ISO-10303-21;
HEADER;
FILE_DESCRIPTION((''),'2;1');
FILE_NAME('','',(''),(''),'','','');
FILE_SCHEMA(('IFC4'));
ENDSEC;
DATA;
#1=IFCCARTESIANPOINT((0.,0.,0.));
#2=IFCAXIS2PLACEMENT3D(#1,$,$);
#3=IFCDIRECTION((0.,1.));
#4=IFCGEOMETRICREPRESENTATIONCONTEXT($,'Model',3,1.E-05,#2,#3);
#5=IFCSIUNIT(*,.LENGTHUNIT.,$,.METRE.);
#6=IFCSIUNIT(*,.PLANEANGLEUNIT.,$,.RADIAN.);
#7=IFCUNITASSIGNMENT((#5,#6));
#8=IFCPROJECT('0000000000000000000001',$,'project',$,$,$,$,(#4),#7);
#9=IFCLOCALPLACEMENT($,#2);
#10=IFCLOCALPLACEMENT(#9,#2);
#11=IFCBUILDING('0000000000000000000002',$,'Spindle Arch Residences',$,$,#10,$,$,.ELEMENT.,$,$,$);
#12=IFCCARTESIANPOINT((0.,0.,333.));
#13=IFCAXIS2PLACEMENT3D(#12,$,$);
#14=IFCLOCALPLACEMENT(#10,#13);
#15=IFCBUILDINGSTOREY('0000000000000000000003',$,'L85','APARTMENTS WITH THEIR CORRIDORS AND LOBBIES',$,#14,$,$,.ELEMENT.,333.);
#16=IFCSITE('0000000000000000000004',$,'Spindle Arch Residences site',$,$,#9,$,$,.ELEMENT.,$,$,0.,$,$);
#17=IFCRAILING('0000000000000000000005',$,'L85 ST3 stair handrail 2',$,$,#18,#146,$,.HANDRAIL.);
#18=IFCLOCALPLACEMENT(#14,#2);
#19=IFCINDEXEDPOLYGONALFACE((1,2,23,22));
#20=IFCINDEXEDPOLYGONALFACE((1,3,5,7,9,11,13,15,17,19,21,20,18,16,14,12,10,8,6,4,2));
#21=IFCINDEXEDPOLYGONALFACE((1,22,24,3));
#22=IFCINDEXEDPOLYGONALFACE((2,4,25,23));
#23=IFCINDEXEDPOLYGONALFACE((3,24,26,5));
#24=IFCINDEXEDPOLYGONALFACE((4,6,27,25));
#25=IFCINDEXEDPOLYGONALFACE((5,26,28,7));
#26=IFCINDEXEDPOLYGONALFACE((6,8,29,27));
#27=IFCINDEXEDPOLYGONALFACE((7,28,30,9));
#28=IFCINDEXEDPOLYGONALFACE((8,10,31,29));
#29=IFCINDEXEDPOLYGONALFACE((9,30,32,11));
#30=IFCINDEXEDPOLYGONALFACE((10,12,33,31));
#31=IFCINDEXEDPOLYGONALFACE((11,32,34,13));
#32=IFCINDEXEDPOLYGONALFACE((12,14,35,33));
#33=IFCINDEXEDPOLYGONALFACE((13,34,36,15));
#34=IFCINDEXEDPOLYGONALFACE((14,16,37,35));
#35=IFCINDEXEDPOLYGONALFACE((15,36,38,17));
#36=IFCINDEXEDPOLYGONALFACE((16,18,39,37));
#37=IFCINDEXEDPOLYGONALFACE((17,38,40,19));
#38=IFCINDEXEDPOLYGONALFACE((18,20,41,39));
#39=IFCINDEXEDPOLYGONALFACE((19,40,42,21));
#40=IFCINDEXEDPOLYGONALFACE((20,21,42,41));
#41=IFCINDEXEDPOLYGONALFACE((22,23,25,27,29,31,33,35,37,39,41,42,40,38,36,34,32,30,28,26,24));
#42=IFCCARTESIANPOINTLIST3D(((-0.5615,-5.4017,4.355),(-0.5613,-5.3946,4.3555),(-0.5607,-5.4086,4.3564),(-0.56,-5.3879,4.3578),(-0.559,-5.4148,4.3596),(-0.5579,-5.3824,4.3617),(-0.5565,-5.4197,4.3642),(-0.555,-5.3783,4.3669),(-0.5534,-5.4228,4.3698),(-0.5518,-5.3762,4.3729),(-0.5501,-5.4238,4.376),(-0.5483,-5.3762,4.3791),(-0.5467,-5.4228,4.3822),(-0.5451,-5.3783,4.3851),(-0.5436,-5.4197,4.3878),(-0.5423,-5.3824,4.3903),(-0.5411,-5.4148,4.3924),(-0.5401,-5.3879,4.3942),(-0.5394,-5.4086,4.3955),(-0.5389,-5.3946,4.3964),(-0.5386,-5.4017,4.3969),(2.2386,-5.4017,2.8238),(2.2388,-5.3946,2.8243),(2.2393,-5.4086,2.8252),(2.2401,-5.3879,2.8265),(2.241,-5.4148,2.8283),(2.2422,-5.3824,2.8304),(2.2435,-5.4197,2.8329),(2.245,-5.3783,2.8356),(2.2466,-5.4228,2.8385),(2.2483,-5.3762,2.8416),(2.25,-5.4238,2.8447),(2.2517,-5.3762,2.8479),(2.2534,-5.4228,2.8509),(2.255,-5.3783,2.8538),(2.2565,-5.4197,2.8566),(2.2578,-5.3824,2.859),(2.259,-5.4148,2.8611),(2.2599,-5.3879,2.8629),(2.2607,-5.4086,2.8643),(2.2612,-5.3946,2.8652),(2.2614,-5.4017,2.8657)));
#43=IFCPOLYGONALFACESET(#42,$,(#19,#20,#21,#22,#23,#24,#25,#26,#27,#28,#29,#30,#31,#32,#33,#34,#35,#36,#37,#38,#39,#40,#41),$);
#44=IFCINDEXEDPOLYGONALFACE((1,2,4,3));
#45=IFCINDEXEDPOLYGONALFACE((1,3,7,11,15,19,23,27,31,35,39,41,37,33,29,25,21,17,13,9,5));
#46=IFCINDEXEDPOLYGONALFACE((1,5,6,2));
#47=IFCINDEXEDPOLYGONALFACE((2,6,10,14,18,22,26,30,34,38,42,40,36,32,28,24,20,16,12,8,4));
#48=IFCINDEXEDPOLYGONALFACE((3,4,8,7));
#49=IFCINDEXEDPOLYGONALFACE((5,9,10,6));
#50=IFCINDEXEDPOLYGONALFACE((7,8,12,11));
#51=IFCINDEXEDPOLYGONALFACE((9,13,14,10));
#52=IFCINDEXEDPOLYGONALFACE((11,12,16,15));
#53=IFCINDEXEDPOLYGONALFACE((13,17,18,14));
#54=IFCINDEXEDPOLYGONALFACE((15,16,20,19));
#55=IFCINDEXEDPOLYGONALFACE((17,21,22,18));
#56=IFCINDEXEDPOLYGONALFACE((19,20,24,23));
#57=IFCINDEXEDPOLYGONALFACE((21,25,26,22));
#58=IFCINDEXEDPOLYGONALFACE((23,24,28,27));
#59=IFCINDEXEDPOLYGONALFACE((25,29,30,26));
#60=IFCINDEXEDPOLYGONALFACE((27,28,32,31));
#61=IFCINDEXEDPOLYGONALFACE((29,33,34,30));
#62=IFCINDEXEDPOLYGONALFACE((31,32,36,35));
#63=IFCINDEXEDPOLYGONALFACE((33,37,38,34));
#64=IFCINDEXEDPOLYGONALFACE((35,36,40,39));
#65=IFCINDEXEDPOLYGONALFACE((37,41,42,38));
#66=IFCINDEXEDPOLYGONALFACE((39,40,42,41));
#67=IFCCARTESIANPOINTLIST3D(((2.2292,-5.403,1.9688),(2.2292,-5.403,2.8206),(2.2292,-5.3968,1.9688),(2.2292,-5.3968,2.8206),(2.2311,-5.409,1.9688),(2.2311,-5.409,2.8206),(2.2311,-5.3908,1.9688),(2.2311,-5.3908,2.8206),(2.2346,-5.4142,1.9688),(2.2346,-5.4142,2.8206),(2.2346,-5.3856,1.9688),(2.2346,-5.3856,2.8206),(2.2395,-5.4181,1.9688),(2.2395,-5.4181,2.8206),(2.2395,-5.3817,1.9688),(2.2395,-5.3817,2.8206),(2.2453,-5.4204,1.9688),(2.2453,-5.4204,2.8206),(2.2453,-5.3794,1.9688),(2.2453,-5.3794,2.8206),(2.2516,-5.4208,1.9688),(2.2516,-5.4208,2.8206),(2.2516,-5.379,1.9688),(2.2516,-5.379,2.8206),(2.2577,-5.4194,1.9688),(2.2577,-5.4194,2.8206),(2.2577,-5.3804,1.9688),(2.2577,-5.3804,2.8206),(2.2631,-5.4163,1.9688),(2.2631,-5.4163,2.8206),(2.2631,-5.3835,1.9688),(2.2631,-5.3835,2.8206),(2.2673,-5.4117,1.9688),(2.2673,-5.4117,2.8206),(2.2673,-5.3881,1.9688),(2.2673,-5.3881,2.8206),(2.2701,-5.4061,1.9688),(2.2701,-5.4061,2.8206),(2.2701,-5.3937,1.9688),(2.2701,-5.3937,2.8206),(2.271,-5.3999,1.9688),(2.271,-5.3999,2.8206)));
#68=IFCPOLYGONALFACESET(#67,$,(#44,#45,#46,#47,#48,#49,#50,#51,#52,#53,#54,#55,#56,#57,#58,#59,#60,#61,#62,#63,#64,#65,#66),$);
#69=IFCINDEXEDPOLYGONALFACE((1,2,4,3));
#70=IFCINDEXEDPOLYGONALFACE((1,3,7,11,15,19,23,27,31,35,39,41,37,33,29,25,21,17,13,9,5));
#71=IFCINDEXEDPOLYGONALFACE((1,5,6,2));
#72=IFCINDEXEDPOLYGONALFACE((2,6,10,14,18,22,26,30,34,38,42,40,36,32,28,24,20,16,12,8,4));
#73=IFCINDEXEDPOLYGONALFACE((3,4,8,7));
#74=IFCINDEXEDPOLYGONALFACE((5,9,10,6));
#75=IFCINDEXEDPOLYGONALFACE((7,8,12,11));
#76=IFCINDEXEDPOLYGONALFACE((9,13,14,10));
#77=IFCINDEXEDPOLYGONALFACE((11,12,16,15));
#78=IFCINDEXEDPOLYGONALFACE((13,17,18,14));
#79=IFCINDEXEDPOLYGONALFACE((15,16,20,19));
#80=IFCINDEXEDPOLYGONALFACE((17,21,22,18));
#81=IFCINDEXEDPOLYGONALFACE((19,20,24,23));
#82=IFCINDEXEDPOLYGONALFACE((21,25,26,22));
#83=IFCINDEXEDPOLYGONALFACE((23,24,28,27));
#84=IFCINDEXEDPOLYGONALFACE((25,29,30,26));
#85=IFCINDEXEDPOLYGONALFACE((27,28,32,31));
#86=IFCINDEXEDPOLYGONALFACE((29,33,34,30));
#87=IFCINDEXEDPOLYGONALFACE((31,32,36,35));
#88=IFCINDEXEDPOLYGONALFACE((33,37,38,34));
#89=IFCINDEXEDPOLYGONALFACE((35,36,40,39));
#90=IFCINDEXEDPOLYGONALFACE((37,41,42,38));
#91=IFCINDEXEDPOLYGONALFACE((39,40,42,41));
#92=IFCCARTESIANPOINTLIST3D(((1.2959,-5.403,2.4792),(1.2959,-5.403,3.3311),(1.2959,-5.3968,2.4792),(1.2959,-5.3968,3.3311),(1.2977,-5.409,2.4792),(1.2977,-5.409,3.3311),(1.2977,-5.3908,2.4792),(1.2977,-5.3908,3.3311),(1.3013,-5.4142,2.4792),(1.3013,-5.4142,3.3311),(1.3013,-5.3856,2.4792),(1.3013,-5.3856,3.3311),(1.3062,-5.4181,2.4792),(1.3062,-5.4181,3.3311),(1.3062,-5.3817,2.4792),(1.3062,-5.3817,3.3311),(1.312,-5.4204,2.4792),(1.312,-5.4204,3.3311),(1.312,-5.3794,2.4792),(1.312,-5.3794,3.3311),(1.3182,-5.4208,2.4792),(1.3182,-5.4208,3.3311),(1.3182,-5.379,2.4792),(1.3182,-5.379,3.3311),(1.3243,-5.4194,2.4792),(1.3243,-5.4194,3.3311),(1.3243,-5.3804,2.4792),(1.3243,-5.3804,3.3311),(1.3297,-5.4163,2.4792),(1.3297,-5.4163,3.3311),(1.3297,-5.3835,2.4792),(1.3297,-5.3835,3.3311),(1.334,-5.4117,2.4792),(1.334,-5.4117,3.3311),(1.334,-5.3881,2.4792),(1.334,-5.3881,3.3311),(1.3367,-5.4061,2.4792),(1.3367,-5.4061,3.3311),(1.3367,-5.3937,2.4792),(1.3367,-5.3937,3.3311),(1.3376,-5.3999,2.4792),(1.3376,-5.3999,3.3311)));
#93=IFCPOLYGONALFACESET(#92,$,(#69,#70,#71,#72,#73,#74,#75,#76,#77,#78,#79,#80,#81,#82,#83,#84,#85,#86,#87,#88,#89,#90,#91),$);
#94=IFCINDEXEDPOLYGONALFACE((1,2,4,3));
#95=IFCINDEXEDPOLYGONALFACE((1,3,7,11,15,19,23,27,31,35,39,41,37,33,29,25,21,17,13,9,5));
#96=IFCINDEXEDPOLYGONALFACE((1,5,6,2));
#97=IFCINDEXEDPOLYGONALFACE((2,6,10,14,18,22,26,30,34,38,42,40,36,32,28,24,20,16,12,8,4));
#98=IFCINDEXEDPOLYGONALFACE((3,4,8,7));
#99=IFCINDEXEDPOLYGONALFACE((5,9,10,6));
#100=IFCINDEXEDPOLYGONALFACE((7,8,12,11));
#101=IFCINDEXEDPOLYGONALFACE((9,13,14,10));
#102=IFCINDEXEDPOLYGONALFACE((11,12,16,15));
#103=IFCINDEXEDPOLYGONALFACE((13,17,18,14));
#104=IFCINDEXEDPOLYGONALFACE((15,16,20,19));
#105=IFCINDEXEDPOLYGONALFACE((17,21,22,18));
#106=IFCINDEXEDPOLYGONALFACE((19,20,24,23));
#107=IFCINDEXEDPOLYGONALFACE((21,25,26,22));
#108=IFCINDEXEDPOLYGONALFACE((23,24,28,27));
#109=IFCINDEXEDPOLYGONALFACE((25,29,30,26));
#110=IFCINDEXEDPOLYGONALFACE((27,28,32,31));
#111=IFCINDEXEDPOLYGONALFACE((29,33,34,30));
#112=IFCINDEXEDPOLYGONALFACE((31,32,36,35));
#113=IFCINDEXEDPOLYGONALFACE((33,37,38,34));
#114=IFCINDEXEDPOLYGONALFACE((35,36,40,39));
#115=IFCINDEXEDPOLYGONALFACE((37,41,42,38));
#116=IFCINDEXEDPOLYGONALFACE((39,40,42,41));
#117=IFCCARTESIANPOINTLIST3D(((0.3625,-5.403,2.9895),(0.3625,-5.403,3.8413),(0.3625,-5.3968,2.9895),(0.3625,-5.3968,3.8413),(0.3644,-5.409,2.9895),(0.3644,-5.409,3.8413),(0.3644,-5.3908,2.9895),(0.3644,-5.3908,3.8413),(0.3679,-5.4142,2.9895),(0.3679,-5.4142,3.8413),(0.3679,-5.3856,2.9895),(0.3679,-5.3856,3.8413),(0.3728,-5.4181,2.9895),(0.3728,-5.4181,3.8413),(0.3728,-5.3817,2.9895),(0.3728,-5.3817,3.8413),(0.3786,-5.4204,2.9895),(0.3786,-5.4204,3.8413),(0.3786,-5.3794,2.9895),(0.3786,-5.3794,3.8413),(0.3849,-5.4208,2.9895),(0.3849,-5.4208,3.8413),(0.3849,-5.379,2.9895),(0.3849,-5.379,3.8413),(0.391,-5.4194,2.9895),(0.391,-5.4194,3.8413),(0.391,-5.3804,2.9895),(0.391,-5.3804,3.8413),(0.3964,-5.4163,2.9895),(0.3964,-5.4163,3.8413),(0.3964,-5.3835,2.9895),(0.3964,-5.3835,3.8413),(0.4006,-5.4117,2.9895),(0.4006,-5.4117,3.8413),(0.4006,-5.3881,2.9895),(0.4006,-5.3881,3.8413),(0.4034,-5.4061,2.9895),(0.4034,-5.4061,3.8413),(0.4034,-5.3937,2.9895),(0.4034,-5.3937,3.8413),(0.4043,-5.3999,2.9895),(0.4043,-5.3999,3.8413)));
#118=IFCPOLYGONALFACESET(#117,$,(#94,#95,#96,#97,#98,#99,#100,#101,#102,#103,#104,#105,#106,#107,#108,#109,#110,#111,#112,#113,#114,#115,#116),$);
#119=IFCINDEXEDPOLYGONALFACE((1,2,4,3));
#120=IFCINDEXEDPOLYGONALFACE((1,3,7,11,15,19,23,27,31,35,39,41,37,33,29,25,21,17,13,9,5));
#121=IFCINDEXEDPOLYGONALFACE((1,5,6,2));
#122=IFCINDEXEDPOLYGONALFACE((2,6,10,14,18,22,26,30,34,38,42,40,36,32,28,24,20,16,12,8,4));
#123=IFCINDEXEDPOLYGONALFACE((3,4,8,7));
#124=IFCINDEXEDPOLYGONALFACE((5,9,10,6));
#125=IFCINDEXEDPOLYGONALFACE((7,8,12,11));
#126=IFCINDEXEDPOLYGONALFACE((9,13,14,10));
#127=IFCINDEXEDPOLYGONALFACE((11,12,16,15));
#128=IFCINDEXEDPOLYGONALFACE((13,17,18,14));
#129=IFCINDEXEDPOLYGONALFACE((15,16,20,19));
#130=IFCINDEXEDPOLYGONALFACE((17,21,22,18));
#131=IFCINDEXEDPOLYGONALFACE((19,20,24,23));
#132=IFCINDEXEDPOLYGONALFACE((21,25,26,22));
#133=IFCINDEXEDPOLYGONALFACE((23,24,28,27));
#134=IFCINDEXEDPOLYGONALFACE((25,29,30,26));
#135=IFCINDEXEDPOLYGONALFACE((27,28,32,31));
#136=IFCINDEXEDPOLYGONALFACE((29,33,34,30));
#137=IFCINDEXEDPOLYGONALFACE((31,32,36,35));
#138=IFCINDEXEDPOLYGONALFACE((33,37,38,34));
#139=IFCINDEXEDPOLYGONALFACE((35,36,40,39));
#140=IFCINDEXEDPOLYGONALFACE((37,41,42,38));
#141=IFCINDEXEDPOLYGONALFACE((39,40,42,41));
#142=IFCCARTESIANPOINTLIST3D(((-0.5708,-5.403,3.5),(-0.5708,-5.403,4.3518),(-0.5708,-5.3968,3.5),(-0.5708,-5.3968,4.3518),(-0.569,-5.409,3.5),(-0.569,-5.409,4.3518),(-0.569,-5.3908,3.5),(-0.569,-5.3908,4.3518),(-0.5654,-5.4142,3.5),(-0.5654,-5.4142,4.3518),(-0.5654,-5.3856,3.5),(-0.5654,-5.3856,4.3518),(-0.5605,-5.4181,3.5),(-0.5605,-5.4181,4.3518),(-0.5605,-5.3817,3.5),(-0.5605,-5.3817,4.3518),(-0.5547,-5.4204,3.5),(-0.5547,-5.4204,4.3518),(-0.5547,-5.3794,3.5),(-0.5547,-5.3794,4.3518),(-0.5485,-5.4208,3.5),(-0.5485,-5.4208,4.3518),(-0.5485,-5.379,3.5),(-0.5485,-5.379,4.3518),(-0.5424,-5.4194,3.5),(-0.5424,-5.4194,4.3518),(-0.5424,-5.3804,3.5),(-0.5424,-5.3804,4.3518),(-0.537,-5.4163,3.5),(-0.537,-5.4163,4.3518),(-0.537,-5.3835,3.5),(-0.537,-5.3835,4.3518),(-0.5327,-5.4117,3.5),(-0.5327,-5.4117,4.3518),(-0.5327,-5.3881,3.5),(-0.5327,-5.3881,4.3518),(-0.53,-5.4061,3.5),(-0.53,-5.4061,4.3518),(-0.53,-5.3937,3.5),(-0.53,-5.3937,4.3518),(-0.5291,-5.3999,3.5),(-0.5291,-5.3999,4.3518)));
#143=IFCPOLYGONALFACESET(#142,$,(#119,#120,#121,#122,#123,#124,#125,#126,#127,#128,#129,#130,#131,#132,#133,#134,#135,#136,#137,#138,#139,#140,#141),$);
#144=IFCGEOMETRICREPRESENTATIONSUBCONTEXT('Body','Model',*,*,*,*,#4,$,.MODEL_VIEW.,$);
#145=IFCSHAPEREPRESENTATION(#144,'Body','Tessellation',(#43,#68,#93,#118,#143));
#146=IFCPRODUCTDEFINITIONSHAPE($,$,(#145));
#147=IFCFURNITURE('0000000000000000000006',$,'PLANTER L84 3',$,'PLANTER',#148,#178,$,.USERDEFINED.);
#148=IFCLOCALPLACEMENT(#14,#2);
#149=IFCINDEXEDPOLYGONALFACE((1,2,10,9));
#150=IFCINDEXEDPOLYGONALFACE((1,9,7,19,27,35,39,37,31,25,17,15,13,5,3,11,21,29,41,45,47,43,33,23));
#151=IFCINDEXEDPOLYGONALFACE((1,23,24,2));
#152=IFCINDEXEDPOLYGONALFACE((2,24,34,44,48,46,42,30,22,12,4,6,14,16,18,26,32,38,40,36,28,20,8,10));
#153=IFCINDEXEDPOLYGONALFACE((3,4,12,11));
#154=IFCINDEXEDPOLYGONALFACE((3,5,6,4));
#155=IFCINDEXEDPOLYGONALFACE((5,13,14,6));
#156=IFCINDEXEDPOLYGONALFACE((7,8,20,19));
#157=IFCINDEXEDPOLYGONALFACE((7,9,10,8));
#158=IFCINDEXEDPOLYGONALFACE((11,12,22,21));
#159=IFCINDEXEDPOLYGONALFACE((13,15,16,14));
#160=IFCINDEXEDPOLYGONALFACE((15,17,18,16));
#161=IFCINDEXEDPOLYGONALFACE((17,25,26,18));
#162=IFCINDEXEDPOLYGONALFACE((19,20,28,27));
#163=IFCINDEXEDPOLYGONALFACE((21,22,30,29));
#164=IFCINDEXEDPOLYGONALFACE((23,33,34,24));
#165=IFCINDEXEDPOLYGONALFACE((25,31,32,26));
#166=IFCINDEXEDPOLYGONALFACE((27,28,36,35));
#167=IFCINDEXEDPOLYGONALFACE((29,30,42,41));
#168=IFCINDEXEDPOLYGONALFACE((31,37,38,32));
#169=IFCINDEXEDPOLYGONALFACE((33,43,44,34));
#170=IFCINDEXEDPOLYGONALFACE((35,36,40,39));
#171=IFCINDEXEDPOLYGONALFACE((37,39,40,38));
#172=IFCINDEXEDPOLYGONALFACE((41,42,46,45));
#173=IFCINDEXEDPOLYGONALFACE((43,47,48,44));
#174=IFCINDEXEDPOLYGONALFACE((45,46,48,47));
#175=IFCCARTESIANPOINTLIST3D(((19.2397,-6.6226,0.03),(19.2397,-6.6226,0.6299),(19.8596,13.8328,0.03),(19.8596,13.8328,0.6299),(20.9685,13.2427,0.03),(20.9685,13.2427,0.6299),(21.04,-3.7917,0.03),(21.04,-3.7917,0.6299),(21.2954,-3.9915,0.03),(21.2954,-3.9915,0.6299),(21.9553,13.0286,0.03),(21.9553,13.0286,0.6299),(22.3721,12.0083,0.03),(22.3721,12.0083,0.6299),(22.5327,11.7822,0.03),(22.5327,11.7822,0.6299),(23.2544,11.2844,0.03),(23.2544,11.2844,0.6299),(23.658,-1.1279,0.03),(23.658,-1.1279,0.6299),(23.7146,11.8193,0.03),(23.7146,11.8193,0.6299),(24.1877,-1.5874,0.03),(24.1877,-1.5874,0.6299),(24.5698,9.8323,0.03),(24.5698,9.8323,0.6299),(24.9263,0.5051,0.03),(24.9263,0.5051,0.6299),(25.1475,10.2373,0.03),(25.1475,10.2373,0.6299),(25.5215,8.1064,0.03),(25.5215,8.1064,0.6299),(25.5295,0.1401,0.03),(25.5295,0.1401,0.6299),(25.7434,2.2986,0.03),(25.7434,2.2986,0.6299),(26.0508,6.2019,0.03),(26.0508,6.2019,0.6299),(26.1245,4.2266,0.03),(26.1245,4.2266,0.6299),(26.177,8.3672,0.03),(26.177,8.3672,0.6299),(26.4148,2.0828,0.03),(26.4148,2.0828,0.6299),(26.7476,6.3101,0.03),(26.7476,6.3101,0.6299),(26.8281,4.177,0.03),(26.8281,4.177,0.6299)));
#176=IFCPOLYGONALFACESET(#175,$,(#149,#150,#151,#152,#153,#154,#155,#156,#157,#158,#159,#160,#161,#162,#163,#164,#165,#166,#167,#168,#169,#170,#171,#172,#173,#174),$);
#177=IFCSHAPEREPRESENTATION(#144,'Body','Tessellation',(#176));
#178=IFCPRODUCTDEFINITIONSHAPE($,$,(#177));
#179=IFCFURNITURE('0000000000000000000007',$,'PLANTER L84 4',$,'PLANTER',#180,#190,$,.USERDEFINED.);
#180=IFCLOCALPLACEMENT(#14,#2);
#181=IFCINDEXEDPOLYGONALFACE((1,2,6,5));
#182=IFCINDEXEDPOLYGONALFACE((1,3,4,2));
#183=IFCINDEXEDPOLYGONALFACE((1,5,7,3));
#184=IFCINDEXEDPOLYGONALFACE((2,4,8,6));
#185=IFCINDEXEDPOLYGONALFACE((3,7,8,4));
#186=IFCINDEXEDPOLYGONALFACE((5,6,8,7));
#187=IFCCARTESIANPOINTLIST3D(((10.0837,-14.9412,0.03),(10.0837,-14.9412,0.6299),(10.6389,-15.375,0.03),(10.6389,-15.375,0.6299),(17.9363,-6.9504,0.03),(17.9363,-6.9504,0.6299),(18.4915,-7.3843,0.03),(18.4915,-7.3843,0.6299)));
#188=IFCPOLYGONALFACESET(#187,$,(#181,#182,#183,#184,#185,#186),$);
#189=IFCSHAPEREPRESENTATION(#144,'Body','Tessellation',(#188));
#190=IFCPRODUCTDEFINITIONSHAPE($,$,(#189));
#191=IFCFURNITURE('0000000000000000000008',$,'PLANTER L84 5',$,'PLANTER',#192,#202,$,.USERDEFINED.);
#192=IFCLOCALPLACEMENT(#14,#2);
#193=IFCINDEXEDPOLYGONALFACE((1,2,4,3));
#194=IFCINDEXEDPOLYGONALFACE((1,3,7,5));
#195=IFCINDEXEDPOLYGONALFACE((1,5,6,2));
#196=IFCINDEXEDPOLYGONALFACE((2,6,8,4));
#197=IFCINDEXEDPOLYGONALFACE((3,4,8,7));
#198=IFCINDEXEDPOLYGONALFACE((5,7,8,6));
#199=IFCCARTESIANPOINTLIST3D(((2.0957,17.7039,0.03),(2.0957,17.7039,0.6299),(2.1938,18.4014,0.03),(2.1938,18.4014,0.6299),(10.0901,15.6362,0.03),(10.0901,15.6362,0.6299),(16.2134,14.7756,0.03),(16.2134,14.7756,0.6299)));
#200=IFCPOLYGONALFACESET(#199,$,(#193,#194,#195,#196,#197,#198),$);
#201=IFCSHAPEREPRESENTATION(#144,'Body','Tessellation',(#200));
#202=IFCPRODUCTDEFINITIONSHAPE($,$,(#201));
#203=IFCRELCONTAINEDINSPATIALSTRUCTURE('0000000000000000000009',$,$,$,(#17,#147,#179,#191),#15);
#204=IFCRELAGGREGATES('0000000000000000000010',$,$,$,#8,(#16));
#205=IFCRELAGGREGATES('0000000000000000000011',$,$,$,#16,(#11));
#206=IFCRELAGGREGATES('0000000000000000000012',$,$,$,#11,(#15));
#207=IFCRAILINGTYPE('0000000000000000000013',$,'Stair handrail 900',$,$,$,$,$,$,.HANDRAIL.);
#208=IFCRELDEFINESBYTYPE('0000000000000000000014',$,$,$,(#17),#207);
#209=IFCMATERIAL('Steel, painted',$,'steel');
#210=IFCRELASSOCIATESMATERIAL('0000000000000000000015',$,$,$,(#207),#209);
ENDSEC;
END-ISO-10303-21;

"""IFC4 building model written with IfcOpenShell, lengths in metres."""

from ifc_helpers import new_model, si_unit, direction, frame, origin, origin_2d, place, context, subcontext, project, spatial, polyline, circle, outline, extrude, material, type_object, element, save


model = new_model("IFC4")

# Units and contexts
model_context = context("Model", 3, precision=1e-05, world=origin(), true_north=direction((0.0, 1.0)))
body_context = subcontext(model_context, "Body", "Model", "MODEL_VIEW")
ifc_project = project(units=[si_unit("LENGTHUNIT", "METRE"), si_unit("PLANEANGLEUNIT", "RADIAN")], contexts=[model_context])

# Site, building, storey
site_placement = place(None, origin())
site = spatial("IfcSite", under=ifc_project, at=site_placement, Name="Spindle Arch Residences site", CompositionType="ELEMENT", RefElevation=0.0)
building_placement = place(site_placement, origin())
building = spatial("IfcBuilding", under=site, at=building_placement, Name="Spindle Arch Residences", CompositionType="ELEMENT")
storey_placement = place(building_placement, frame((0.0, 0.0, 333.0)))
storey = spatial("IfcBuildingStorey", under=building, at=storey_placement, Name="L85", Description="APARTMENTS WITH THEIR CORRIDORS AND LOBBIES", CompositionType="ELEMENT", Elevation=333.0)

# Railing
ifc_material_1 = material(Name="Steel, painted", Category="steel")
railing_type = type_object("IfcRailingType", Name="Stair handrail 900", PredefinedType="HANDRAIL", material=ifc_material_1)
railing_placement = place(storey_placement, frame((2.25, -5.3999, 1.9688)))
element("IfcRailing", 1, at=railing_placement, inside=storey, type_object=railing_type, Name="L85 ST3 stair handrail 2", PredefinedType="HANDRAIL", context=body_context, shape_type="SweptSolid", body=[
    extrude(circle(Radius=0.0239, at=origin_2d()), frame((0.0, 0.0, 0.876), z_axis=(-0.877375, 0.0, 0.479806), x_axis=(0.0, -1.0, 0.0)), (0.0, 0.0, 1.0), 3.1914),
    extrude(circle(Radius=0.021, at=origin_2d()), origin(), (0.0, 0.0, 1.0), 0.8518),
    extrude(circle(Radius=0.021, at=origin_2d()), frame((-0.9333, 0.0, 0.5105)), (0.0, 0.0, 1.0), 0.8518),
    extrude(circle(Radius=0.021, at=origin_2d()), frame((-1.8667, 0.0, 1.0208)), (0.0, 0.0, 1.0), 0.8518),
    extrude(circle(Radius=0.021, at=origin_2d()), frame((-2.8, 0.0, 1.5312)), (0.0, 0.0, 1.0), 0.8518),
])

# Furniture
furniture_1_placement = place(storey_placement, frame((0.0, 0.0, 0.03)))
element("IfcFurniture", 2, at=furniture_1_placement, inside=storey, Name="PLANTER L84 3", ObjectType="PLANTER", PredefinedType="USERDEFINED", context=body_context, shape_type="SweptSolid", body=[
    extrude(outline(polyline([(22.3721, 12.0083), (20.9685, 13.2427), (19.8596, 13.8328), (21.9553, 13.0286), (23.7146, 11.8193), (25.1475, 10.2373), (26.177, 8.3672), (26.7476, 6.3101), (26.8281, 4.177), (26.4148, 2.0828), (25.5295, 0.1401), (24.1877, -1.5874), (19.2397, -6.6226), (21.2954, -3.9915), (21.04, -3.7917), (23.658, -1.1279), (24.9263, 0.5051), (25.7434, 2.2986), (26.1245, 4.2266), (26.0508, 6.2019), (25.5215, 8.1064), (24.5698, 9.8323), (23.2544, 11.2844), (22.5327, 11.7822), (22.3721, 12.0083)])), origin(), (0.0, 0.0, 1.0), 0.5999),
])
furniture_2_placement = place(storey_placement, frame((0.0, 0.0, 0.03)))
element("IfcFurniture", 3, at=furniture_2_placement, inside=storey, Name="PLANTER L84 4", ObjectType="PLANTER", PredefinedType="USERDEFINED", context=body_context, shape_type="SweptSolid", body=[
    extrude(outline(polyline([(18.4915, -7.3843), (10.6389, -15.375), (10.0837, -14.9412), (17.9363, -6.9504), (18.4915, -7.3843)])), origin(), (0.0, 0.0, 1.0), 0.5999),
])
furniture_3_placement = place(storey_placement, frame((0.0, 0.0, 0.03)))
element("IfcFurniture", 4, at=furniture_3_placement, inside=storey, Name="PLANTER L84 5", ObjectType="PLANTER", PredefinedType="USERDEFINED", context=body_context, shape_type="SweptSolid", body=[
    extrude(outline(polyline([(2.0957, 17.7039), (2.1938, 18.4014), (16.2134, 14.7756), (10.0901, 15.6362), (2.0957, 17.7039)])), origin(), (0.0, 0.0, 1.0), 0.5999),
])

save(model, "model.ifc")
